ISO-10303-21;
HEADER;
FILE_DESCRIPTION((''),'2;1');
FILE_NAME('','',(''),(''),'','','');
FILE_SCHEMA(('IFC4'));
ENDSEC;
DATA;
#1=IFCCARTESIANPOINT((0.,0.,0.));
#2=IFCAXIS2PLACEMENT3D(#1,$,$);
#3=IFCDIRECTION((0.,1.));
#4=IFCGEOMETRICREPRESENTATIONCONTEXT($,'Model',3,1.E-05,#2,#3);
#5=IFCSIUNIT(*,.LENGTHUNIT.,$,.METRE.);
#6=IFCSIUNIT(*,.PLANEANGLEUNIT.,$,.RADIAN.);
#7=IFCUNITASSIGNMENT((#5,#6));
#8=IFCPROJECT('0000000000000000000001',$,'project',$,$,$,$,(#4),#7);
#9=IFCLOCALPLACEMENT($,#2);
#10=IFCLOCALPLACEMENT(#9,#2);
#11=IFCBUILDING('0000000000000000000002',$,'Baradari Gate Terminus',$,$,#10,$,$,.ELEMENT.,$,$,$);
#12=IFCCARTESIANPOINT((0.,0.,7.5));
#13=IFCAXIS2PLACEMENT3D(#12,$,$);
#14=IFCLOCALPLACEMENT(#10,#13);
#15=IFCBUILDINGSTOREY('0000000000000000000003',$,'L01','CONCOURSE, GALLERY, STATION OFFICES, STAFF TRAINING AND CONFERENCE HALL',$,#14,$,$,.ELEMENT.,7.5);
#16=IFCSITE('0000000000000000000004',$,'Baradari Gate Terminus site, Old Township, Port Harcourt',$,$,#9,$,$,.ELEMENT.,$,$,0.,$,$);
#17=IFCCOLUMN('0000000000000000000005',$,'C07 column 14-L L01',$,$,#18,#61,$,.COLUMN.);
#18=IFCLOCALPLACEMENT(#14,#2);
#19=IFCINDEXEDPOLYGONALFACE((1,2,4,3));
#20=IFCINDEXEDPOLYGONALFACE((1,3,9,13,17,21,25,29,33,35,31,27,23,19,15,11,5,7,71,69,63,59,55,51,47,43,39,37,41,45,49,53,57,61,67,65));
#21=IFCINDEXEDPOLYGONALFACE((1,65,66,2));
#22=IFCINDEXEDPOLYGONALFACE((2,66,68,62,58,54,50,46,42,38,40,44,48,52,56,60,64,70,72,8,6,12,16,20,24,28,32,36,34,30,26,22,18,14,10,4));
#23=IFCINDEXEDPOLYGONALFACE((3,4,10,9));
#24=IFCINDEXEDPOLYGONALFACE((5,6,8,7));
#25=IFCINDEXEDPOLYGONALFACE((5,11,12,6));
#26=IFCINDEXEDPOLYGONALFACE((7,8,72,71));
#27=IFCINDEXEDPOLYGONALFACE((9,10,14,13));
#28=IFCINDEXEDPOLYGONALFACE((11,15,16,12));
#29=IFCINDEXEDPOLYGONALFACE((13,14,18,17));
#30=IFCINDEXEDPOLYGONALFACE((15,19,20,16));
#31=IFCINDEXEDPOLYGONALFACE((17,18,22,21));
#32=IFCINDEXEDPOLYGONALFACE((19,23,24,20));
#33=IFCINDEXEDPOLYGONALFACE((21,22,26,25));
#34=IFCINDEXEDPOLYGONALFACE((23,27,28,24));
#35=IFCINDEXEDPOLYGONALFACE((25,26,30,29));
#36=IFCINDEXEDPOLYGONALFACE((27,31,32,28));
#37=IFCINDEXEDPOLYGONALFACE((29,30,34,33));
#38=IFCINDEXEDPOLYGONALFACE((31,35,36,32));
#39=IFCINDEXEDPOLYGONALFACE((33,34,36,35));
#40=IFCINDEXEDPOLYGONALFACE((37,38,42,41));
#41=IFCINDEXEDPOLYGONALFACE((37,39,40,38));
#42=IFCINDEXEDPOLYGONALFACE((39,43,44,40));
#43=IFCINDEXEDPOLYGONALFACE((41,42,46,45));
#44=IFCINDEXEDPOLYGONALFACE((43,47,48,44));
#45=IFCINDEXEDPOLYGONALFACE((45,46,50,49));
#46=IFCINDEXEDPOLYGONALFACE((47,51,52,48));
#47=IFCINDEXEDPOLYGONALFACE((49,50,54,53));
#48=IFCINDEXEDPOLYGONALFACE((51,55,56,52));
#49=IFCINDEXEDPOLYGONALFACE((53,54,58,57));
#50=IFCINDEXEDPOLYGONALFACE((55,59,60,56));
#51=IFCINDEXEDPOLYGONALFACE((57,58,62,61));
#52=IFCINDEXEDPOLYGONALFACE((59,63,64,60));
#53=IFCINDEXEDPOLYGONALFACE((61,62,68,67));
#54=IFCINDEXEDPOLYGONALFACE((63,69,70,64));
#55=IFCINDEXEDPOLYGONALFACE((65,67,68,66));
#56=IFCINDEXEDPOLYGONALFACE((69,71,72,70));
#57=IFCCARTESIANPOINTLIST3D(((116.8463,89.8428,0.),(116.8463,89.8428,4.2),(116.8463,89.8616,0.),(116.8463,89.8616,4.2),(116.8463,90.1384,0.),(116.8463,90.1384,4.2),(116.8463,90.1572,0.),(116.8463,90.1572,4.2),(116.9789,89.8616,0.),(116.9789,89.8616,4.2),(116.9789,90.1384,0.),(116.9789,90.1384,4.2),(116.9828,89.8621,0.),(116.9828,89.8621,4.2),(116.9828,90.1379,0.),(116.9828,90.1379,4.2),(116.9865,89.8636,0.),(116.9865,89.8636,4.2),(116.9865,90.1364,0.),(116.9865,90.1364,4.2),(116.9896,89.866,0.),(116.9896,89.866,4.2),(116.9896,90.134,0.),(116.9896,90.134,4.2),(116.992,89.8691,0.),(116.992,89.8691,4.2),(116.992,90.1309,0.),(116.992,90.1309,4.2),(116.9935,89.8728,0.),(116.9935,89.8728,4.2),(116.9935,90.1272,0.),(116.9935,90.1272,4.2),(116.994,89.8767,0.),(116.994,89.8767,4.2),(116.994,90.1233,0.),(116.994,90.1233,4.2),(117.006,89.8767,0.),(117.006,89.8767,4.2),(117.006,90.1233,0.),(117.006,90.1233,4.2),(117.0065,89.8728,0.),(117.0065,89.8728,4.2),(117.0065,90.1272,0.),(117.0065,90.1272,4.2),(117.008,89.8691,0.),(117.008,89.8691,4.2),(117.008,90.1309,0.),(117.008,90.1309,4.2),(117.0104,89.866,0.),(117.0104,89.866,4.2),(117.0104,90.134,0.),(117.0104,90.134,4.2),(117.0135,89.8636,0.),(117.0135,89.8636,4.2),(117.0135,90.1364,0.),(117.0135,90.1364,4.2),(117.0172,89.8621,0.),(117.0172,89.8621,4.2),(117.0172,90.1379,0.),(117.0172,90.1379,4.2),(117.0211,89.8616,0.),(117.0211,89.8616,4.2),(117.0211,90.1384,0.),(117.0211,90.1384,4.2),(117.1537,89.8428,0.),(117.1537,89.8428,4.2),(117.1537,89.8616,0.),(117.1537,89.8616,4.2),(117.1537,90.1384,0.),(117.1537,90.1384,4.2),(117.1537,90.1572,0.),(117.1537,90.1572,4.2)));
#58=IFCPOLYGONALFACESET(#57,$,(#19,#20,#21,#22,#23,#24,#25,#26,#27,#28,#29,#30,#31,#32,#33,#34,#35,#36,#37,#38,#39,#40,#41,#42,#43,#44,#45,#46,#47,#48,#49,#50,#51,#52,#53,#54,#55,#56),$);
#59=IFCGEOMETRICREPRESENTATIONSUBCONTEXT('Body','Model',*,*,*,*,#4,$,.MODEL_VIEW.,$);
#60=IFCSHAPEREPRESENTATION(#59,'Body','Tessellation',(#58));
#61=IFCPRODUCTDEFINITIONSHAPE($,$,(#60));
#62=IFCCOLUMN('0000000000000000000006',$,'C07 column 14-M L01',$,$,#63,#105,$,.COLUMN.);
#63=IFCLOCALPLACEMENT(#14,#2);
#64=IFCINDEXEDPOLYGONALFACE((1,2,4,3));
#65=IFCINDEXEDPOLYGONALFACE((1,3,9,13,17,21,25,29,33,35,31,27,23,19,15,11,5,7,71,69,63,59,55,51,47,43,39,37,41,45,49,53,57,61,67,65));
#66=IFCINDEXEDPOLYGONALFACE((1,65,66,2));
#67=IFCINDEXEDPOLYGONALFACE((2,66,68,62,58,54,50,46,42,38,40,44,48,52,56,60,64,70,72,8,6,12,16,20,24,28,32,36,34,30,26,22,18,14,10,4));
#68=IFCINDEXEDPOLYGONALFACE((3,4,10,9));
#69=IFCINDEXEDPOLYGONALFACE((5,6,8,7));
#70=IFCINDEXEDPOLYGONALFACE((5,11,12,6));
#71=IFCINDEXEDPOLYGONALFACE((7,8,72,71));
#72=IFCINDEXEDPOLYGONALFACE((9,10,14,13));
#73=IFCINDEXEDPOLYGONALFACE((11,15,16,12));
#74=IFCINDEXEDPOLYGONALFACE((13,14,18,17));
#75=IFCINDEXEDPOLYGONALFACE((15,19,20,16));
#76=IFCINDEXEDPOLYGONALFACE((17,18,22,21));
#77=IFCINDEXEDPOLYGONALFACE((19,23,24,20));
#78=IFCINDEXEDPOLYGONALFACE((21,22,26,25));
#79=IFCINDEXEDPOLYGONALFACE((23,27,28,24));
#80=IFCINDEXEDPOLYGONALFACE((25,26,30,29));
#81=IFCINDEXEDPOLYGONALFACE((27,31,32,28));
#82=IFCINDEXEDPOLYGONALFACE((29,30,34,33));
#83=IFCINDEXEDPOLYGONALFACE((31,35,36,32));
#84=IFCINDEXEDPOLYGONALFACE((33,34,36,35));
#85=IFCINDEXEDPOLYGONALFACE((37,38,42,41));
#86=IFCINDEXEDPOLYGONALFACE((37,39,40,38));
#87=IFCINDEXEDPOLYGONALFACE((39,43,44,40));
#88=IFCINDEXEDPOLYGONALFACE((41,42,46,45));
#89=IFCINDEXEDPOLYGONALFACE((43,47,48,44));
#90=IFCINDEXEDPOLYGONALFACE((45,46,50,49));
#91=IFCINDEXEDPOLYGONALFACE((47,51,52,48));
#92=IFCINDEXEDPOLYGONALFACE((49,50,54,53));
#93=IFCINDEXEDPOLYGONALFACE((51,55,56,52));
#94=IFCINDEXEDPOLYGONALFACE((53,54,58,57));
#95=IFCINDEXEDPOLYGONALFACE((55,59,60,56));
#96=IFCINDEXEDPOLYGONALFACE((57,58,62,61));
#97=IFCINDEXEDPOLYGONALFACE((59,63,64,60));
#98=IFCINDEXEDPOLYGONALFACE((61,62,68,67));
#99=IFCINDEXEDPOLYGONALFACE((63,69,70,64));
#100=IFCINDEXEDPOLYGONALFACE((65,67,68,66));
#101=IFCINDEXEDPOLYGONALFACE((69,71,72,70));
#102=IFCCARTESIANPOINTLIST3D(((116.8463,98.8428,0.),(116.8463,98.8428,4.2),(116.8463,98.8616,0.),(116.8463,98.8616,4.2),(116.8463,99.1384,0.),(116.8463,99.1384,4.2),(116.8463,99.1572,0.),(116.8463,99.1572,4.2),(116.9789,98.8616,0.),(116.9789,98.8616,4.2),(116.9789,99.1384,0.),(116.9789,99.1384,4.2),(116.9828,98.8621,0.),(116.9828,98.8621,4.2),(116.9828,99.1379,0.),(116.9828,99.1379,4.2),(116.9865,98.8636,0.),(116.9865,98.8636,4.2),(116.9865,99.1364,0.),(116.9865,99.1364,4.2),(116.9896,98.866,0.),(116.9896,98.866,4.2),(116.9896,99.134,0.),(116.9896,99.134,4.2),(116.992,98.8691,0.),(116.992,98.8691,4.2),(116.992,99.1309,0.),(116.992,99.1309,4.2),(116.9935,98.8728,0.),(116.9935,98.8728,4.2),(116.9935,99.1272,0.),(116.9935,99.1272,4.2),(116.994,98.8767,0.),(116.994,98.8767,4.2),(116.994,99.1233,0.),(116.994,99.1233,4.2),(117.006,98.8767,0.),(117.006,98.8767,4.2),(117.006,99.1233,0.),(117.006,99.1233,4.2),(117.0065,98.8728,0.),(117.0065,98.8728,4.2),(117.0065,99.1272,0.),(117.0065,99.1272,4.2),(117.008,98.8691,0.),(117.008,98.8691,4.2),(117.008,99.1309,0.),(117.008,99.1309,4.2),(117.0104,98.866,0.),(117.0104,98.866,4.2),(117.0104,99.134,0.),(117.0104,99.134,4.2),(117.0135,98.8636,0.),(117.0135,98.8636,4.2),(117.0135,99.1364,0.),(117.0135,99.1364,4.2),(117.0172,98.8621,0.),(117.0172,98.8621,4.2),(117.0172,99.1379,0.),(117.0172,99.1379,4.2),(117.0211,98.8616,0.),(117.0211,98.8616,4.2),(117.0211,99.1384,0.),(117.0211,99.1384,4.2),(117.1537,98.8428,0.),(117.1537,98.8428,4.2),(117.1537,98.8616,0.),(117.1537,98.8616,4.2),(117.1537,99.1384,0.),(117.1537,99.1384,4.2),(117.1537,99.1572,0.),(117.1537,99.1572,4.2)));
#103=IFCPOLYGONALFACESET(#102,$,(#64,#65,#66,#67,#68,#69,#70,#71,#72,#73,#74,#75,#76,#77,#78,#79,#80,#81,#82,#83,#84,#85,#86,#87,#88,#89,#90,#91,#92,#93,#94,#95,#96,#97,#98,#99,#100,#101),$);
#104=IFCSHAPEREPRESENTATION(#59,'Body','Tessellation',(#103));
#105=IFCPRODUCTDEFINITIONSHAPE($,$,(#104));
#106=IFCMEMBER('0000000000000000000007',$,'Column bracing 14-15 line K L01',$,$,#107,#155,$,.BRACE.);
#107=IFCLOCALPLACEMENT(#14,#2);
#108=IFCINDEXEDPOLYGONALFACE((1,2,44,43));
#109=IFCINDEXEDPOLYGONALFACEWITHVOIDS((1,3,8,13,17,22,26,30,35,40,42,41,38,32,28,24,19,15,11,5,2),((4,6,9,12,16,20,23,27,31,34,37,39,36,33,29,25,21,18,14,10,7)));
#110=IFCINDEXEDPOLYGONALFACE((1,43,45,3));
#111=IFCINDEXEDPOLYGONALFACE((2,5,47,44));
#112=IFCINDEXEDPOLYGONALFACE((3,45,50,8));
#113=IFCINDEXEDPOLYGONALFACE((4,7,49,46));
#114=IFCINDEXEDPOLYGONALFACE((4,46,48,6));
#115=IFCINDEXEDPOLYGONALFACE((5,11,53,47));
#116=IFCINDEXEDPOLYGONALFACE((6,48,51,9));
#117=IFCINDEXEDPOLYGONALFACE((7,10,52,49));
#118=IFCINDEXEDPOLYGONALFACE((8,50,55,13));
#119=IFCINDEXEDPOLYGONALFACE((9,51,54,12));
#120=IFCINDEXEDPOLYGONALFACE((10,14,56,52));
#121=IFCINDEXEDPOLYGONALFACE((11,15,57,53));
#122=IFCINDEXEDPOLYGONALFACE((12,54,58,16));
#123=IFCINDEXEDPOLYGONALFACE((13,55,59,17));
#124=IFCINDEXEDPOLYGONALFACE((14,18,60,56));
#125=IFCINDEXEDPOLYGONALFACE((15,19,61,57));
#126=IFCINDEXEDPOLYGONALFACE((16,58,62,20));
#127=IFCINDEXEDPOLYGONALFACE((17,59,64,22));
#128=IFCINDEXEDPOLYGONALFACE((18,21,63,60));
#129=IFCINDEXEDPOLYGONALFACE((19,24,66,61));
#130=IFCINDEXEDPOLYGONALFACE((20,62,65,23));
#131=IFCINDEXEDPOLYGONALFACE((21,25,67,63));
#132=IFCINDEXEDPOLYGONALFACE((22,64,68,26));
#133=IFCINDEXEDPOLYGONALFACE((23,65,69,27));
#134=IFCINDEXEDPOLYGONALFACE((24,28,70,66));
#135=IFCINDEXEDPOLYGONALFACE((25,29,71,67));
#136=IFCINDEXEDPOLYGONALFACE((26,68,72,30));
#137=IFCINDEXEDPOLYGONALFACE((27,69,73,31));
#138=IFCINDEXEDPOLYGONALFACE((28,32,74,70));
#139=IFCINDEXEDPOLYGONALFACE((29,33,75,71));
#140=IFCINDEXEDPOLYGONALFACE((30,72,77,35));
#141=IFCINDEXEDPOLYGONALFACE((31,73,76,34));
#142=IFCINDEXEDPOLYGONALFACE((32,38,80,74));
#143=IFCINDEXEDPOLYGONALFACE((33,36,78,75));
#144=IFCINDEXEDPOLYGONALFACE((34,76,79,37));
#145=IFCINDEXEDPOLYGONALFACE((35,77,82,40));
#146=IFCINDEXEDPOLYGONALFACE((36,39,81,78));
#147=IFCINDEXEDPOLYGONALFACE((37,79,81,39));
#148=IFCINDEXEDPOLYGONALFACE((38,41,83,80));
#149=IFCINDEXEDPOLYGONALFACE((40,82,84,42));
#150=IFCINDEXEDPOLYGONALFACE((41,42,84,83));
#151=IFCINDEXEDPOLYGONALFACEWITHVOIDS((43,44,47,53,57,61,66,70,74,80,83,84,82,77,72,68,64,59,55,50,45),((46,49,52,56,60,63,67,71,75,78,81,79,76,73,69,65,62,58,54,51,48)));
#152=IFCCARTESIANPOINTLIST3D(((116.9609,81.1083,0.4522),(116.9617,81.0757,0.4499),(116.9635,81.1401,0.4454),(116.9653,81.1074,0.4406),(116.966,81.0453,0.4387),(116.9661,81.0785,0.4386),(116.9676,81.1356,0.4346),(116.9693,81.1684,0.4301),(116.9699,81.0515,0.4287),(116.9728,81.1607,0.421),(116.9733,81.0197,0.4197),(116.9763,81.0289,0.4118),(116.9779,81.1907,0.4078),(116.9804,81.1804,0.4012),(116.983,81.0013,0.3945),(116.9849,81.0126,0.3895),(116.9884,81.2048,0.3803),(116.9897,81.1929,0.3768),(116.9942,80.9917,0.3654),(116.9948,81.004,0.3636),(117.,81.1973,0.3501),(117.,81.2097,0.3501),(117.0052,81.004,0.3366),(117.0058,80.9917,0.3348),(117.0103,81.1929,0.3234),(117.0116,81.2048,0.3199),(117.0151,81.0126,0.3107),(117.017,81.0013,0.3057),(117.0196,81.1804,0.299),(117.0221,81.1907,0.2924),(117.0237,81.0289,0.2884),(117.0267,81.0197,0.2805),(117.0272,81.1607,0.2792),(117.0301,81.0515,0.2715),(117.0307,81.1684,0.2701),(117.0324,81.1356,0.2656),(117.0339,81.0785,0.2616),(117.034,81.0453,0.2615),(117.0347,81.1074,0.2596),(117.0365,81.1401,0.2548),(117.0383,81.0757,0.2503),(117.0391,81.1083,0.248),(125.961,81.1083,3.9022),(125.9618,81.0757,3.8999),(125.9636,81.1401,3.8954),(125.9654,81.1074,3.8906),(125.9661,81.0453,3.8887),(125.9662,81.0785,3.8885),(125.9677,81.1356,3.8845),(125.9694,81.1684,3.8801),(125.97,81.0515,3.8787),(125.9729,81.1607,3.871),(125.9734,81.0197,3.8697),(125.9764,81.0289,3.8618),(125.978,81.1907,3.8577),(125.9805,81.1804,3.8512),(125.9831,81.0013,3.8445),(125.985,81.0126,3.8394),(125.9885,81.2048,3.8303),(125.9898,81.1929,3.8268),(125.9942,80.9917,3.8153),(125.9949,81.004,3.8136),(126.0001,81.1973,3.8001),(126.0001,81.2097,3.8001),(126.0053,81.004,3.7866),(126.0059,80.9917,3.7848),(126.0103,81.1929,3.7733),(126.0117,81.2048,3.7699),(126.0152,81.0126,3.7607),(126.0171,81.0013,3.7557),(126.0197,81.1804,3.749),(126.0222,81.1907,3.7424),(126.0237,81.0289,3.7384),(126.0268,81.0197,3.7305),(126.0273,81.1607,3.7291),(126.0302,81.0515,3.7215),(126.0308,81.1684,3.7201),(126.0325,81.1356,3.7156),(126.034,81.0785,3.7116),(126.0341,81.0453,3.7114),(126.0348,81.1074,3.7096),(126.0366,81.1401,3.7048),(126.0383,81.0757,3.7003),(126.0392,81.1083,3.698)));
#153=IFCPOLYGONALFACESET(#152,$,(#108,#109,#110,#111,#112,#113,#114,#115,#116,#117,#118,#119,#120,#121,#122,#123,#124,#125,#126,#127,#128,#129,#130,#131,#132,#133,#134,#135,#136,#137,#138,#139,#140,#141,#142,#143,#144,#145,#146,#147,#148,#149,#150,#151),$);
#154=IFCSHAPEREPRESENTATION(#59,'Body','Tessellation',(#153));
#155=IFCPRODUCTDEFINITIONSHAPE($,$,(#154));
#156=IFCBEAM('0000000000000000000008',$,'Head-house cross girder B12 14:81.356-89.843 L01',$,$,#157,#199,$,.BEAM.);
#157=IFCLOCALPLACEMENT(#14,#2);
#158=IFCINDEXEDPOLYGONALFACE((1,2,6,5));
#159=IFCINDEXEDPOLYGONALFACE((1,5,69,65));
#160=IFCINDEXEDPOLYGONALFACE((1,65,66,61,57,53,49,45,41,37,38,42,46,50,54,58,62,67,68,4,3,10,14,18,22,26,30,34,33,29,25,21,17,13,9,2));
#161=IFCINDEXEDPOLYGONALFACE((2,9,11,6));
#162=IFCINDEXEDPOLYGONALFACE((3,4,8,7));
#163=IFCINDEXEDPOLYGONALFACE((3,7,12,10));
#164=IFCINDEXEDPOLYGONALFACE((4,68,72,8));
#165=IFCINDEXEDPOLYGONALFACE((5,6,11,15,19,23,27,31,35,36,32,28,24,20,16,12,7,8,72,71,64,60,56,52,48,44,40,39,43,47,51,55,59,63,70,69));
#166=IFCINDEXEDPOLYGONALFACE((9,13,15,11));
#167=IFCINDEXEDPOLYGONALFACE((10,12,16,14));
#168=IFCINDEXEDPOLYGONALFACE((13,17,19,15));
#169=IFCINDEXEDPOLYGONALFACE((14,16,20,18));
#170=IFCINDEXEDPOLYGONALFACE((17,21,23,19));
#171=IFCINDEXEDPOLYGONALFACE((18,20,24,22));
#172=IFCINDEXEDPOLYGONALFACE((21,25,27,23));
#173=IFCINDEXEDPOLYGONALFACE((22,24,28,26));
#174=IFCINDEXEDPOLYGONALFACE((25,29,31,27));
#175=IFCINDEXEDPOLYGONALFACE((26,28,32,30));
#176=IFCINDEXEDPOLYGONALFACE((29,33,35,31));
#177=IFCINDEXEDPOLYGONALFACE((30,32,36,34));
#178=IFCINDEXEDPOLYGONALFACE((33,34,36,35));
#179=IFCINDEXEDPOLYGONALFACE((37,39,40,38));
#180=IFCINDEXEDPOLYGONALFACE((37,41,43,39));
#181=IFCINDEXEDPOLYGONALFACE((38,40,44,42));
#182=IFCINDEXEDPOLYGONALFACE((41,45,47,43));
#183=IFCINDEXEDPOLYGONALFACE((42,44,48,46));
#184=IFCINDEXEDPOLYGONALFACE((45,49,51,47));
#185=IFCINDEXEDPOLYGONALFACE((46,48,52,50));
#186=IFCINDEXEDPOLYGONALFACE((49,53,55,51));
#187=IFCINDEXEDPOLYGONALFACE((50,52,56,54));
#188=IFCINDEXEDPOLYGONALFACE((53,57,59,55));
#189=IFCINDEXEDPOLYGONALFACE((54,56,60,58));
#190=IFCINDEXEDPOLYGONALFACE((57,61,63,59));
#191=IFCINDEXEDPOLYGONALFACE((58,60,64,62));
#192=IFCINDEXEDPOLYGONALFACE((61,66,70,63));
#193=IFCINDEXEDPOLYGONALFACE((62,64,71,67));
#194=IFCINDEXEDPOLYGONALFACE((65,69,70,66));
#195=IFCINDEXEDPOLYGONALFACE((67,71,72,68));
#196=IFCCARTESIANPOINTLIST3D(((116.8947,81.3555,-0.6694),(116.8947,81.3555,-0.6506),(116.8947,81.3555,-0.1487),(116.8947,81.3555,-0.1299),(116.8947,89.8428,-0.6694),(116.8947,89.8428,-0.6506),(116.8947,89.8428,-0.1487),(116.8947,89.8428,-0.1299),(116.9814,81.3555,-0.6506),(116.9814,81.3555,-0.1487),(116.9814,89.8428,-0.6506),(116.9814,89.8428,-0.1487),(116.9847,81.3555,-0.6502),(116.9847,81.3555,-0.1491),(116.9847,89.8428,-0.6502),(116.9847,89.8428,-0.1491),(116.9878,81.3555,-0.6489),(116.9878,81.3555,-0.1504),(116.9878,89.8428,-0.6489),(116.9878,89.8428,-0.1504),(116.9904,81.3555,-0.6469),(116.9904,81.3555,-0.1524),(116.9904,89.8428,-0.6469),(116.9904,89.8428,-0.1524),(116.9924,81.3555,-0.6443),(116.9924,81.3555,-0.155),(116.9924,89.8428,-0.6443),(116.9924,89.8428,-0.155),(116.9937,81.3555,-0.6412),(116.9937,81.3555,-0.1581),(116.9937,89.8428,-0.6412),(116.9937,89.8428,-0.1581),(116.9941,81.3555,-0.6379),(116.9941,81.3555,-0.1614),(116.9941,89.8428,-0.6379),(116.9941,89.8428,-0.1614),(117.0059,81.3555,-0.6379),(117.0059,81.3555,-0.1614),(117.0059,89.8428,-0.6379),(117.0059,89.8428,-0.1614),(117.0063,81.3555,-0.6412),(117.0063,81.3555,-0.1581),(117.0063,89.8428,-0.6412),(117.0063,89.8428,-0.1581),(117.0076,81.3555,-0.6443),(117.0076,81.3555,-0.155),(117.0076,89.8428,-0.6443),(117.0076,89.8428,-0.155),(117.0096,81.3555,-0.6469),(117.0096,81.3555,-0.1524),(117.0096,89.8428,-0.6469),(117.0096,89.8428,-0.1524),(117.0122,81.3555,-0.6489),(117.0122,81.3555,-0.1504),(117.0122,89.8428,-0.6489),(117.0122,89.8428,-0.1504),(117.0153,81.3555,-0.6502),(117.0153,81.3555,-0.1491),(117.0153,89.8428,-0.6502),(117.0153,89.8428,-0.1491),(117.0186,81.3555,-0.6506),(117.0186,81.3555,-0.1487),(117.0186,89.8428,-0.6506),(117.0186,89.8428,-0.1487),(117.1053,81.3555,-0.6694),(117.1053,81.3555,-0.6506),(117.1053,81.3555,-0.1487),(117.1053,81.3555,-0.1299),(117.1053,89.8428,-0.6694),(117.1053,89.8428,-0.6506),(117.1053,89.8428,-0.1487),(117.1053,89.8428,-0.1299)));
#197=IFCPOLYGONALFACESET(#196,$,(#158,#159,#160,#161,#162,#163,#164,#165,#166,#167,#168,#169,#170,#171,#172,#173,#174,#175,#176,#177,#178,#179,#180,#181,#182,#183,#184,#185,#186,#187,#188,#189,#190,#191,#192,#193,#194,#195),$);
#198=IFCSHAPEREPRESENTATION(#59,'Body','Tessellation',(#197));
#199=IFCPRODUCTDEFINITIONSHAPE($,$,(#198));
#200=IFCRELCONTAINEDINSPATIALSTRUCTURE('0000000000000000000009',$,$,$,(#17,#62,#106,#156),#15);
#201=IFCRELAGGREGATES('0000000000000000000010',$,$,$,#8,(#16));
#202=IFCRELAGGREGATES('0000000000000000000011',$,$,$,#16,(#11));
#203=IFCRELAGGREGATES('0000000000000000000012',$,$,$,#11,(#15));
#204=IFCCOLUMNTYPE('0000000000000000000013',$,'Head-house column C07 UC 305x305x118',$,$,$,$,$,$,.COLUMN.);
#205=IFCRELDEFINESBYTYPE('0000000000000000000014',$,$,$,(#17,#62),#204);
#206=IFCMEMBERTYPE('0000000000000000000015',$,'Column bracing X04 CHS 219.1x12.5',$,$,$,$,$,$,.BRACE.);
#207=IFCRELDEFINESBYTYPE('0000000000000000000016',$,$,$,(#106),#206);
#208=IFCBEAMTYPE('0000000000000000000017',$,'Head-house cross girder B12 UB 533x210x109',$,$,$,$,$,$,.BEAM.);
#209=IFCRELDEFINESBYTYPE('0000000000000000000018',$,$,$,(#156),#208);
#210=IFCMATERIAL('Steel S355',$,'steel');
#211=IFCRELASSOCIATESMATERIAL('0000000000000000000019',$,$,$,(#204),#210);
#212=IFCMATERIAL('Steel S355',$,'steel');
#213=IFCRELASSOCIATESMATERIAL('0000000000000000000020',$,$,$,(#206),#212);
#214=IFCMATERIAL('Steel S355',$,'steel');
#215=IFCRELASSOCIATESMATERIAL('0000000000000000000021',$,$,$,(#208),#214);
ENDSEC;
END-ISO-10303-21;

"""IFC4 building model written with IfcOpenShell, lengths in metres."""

from ifc_helpers import new_model, si_unit, direction, frame, origin, origin_2d, place, context, subcontext, project, spatial, hollow_circle, i_section, extrude, material, material_profile, profile_set, type_object, element, save


model = new_model("IFC4")

# Units and contexts
model_context = context("Model", 3, precision=1e-05, world=origin(), true_north=direction((0.0, 1.0)))
body_context = subcontext(model_context, "Body", "Model", "MODEL_VIEW")
ifc_project = project(units=[si_unit("LENGTHUNIT", "METRE"), si_unit("PLANEANGLEUNIT", "RADIAN")], contexts=[model_context])

# Site, building, storey
site_placement = place(None, origin())
site = spatial("IfcSite", under=ifc_project, at=site_placement, Name="Baradari Gate Terminus site, Old Township, Port Harcourt", CompositionType="ELEMENT", RefElevation=0.0)
building_placement = place(site_placement, origin())
building = spatial("IfcBuilding", under=site, at=building_placement, Name="Baradari Gate Terminus", CompositionType="ELEMENT")
storey_placement = place(building_placement, frame((0.0, 0.0, 7.5)))
storey = spatial("IfcBuildingStorey", under=building, at=storey_placement, Name="L01", Description="CONCOURSE, GALLERY, STATION OFFICES, STAFF TRAINING AND CONFERENCE HALL", CompositionType="ELEMENT", Elevation=7.5)

# Columns
ifc_material_1 = material(Name="Steel S355", Category="steel")
ifc_material_profile_1 = material_profile(ifc_material_1, i_section(OverallWidth=0.3074, OverallDepth=0.3145, WebThickness=0.012, FlangeThickness=0.0188, FilletRadius=0.0151, at=origin_2d()), Name="UC 305x305x118")
ifc_profile_set_1 = profile_set([ifc_material_profile_1], Name="Steel S355")
column_type = type_object("IfcColumnType", Name="Head-house column C07 UC 305x305x118", PredefinedType="COLUMN", material=ifc_profile_set_1)
for number, where, z_axis, x_axis, name in (
    (1, (117.0, 90.0, 0.0), (0.0, 0.0, 1.0), (1.0, 0.0, 0.0), "C07 column 14-L L01"),
    (2, (117.0, 99.0, 0.0), (0.0, 0.0, 1.0), (1.0, 0.0, 0.0), "C07 column 14-M L01"),
):
    element("IfcColumn", number, at=place(storey_placement, frame(where, z_axis=z_axis, x_axis=x_axis)), inside=storey, type_object=column_type, Name=name, PredefinedType="COLUMN", context=body_context, shape_type="SweptSolid", body=[
        extrude(i_section(OverallWidth=0.3074, OverallDepth=0.3145, WebThickness=0.012, FlangeThickness=0.0188, FilletRadius=0.0151, at=origin_2d()), origin(), (0.0, 0.0, 1.0), 4.2),
    ])

# Member
ifc_material_2 = material(Name="Steel S355", Category="steel")
ifc_material_profile_2 = material_profile(ifc_material_2, hollow_circle(Radius=0.1096, WallThickness=0.0125, at=origin_2d()), Name="CHS 219.1x12.5")
ifc_profile_set_2 = profile_set([ifc_material_profile_2], Name="Steel S355")
member_type = type_object("IfcMemberType", Name="Column bracing X04 CHS 219.1x12.5", PredefinedType="BRACE", material=ifc_profile_set_2)
member_placement = place(storey_placement, frame((117.0, 81.1001, 0.3501), z_axis=(0.933748, 0.0, 0.357932), x_axis=(0.0, 1.0, 0.0)))
element("IfcMember", 3, at=member_placement, inside=storey, type_object=member_type, Name="Column bracing 14-15 line K L01", PredefinedType="BRACE", context=body_context, shape_type="SweptSolid", body=[
    extrude(hollow_circle(Radius=0.1096, WallThickness=0.0125, at=origin_2d()), origin(), (0.0, 0.0, 1.0), 9.6387),
])

# Beam
ifc_material_3 = material(Name="Steel S355", Category="steel")
ifc_material_profile_3 = material_profile(ifc_material_3, i_section(OverallWidth=0.2107, OverallDepth=0.5396, WebThickness=0.0117, FlangeThickness=0.0188, FilletRadius=0.0127, at=origin_2d()), Name="UB 533x210x109")
ifc_profile_set_3 = profile_set([ifc_material_profile_3], Name="Steel S355")
beam_type_1 = type_object("IfcBeamType", Name="Head-house cross girder B12 UB 533x210x109", PredefinedType="BEAM", material=ifc_profile_set_3)
beam_1_placement = place(storey_placement, frame((117.0, 81.3555, -0.3997), z_axis=(0.0, 1.0, 0.0), x_axis=(-1.0, 0.0, 0.0)))
element("IfcBeam", 4, at=beam_1_placement, inside=storey, type_object=beam_type_1, Name="Head-house cross girder B12 14:81.356-89.843 L01", PredefinedType="BEAM", context=body_context, shape_type="SweptSolid", body=[
    extrude(i_section(OverallWidth=0.2107, OverallDepth=0.5396, WebThickness=0.0117, FlangeThickness=0.0188, FilletRadius=0.0127, at=origin_2d()), origin(), (0.0, 0.0, 1.0), 8.4873),
])

save(model, "model.ifc")
